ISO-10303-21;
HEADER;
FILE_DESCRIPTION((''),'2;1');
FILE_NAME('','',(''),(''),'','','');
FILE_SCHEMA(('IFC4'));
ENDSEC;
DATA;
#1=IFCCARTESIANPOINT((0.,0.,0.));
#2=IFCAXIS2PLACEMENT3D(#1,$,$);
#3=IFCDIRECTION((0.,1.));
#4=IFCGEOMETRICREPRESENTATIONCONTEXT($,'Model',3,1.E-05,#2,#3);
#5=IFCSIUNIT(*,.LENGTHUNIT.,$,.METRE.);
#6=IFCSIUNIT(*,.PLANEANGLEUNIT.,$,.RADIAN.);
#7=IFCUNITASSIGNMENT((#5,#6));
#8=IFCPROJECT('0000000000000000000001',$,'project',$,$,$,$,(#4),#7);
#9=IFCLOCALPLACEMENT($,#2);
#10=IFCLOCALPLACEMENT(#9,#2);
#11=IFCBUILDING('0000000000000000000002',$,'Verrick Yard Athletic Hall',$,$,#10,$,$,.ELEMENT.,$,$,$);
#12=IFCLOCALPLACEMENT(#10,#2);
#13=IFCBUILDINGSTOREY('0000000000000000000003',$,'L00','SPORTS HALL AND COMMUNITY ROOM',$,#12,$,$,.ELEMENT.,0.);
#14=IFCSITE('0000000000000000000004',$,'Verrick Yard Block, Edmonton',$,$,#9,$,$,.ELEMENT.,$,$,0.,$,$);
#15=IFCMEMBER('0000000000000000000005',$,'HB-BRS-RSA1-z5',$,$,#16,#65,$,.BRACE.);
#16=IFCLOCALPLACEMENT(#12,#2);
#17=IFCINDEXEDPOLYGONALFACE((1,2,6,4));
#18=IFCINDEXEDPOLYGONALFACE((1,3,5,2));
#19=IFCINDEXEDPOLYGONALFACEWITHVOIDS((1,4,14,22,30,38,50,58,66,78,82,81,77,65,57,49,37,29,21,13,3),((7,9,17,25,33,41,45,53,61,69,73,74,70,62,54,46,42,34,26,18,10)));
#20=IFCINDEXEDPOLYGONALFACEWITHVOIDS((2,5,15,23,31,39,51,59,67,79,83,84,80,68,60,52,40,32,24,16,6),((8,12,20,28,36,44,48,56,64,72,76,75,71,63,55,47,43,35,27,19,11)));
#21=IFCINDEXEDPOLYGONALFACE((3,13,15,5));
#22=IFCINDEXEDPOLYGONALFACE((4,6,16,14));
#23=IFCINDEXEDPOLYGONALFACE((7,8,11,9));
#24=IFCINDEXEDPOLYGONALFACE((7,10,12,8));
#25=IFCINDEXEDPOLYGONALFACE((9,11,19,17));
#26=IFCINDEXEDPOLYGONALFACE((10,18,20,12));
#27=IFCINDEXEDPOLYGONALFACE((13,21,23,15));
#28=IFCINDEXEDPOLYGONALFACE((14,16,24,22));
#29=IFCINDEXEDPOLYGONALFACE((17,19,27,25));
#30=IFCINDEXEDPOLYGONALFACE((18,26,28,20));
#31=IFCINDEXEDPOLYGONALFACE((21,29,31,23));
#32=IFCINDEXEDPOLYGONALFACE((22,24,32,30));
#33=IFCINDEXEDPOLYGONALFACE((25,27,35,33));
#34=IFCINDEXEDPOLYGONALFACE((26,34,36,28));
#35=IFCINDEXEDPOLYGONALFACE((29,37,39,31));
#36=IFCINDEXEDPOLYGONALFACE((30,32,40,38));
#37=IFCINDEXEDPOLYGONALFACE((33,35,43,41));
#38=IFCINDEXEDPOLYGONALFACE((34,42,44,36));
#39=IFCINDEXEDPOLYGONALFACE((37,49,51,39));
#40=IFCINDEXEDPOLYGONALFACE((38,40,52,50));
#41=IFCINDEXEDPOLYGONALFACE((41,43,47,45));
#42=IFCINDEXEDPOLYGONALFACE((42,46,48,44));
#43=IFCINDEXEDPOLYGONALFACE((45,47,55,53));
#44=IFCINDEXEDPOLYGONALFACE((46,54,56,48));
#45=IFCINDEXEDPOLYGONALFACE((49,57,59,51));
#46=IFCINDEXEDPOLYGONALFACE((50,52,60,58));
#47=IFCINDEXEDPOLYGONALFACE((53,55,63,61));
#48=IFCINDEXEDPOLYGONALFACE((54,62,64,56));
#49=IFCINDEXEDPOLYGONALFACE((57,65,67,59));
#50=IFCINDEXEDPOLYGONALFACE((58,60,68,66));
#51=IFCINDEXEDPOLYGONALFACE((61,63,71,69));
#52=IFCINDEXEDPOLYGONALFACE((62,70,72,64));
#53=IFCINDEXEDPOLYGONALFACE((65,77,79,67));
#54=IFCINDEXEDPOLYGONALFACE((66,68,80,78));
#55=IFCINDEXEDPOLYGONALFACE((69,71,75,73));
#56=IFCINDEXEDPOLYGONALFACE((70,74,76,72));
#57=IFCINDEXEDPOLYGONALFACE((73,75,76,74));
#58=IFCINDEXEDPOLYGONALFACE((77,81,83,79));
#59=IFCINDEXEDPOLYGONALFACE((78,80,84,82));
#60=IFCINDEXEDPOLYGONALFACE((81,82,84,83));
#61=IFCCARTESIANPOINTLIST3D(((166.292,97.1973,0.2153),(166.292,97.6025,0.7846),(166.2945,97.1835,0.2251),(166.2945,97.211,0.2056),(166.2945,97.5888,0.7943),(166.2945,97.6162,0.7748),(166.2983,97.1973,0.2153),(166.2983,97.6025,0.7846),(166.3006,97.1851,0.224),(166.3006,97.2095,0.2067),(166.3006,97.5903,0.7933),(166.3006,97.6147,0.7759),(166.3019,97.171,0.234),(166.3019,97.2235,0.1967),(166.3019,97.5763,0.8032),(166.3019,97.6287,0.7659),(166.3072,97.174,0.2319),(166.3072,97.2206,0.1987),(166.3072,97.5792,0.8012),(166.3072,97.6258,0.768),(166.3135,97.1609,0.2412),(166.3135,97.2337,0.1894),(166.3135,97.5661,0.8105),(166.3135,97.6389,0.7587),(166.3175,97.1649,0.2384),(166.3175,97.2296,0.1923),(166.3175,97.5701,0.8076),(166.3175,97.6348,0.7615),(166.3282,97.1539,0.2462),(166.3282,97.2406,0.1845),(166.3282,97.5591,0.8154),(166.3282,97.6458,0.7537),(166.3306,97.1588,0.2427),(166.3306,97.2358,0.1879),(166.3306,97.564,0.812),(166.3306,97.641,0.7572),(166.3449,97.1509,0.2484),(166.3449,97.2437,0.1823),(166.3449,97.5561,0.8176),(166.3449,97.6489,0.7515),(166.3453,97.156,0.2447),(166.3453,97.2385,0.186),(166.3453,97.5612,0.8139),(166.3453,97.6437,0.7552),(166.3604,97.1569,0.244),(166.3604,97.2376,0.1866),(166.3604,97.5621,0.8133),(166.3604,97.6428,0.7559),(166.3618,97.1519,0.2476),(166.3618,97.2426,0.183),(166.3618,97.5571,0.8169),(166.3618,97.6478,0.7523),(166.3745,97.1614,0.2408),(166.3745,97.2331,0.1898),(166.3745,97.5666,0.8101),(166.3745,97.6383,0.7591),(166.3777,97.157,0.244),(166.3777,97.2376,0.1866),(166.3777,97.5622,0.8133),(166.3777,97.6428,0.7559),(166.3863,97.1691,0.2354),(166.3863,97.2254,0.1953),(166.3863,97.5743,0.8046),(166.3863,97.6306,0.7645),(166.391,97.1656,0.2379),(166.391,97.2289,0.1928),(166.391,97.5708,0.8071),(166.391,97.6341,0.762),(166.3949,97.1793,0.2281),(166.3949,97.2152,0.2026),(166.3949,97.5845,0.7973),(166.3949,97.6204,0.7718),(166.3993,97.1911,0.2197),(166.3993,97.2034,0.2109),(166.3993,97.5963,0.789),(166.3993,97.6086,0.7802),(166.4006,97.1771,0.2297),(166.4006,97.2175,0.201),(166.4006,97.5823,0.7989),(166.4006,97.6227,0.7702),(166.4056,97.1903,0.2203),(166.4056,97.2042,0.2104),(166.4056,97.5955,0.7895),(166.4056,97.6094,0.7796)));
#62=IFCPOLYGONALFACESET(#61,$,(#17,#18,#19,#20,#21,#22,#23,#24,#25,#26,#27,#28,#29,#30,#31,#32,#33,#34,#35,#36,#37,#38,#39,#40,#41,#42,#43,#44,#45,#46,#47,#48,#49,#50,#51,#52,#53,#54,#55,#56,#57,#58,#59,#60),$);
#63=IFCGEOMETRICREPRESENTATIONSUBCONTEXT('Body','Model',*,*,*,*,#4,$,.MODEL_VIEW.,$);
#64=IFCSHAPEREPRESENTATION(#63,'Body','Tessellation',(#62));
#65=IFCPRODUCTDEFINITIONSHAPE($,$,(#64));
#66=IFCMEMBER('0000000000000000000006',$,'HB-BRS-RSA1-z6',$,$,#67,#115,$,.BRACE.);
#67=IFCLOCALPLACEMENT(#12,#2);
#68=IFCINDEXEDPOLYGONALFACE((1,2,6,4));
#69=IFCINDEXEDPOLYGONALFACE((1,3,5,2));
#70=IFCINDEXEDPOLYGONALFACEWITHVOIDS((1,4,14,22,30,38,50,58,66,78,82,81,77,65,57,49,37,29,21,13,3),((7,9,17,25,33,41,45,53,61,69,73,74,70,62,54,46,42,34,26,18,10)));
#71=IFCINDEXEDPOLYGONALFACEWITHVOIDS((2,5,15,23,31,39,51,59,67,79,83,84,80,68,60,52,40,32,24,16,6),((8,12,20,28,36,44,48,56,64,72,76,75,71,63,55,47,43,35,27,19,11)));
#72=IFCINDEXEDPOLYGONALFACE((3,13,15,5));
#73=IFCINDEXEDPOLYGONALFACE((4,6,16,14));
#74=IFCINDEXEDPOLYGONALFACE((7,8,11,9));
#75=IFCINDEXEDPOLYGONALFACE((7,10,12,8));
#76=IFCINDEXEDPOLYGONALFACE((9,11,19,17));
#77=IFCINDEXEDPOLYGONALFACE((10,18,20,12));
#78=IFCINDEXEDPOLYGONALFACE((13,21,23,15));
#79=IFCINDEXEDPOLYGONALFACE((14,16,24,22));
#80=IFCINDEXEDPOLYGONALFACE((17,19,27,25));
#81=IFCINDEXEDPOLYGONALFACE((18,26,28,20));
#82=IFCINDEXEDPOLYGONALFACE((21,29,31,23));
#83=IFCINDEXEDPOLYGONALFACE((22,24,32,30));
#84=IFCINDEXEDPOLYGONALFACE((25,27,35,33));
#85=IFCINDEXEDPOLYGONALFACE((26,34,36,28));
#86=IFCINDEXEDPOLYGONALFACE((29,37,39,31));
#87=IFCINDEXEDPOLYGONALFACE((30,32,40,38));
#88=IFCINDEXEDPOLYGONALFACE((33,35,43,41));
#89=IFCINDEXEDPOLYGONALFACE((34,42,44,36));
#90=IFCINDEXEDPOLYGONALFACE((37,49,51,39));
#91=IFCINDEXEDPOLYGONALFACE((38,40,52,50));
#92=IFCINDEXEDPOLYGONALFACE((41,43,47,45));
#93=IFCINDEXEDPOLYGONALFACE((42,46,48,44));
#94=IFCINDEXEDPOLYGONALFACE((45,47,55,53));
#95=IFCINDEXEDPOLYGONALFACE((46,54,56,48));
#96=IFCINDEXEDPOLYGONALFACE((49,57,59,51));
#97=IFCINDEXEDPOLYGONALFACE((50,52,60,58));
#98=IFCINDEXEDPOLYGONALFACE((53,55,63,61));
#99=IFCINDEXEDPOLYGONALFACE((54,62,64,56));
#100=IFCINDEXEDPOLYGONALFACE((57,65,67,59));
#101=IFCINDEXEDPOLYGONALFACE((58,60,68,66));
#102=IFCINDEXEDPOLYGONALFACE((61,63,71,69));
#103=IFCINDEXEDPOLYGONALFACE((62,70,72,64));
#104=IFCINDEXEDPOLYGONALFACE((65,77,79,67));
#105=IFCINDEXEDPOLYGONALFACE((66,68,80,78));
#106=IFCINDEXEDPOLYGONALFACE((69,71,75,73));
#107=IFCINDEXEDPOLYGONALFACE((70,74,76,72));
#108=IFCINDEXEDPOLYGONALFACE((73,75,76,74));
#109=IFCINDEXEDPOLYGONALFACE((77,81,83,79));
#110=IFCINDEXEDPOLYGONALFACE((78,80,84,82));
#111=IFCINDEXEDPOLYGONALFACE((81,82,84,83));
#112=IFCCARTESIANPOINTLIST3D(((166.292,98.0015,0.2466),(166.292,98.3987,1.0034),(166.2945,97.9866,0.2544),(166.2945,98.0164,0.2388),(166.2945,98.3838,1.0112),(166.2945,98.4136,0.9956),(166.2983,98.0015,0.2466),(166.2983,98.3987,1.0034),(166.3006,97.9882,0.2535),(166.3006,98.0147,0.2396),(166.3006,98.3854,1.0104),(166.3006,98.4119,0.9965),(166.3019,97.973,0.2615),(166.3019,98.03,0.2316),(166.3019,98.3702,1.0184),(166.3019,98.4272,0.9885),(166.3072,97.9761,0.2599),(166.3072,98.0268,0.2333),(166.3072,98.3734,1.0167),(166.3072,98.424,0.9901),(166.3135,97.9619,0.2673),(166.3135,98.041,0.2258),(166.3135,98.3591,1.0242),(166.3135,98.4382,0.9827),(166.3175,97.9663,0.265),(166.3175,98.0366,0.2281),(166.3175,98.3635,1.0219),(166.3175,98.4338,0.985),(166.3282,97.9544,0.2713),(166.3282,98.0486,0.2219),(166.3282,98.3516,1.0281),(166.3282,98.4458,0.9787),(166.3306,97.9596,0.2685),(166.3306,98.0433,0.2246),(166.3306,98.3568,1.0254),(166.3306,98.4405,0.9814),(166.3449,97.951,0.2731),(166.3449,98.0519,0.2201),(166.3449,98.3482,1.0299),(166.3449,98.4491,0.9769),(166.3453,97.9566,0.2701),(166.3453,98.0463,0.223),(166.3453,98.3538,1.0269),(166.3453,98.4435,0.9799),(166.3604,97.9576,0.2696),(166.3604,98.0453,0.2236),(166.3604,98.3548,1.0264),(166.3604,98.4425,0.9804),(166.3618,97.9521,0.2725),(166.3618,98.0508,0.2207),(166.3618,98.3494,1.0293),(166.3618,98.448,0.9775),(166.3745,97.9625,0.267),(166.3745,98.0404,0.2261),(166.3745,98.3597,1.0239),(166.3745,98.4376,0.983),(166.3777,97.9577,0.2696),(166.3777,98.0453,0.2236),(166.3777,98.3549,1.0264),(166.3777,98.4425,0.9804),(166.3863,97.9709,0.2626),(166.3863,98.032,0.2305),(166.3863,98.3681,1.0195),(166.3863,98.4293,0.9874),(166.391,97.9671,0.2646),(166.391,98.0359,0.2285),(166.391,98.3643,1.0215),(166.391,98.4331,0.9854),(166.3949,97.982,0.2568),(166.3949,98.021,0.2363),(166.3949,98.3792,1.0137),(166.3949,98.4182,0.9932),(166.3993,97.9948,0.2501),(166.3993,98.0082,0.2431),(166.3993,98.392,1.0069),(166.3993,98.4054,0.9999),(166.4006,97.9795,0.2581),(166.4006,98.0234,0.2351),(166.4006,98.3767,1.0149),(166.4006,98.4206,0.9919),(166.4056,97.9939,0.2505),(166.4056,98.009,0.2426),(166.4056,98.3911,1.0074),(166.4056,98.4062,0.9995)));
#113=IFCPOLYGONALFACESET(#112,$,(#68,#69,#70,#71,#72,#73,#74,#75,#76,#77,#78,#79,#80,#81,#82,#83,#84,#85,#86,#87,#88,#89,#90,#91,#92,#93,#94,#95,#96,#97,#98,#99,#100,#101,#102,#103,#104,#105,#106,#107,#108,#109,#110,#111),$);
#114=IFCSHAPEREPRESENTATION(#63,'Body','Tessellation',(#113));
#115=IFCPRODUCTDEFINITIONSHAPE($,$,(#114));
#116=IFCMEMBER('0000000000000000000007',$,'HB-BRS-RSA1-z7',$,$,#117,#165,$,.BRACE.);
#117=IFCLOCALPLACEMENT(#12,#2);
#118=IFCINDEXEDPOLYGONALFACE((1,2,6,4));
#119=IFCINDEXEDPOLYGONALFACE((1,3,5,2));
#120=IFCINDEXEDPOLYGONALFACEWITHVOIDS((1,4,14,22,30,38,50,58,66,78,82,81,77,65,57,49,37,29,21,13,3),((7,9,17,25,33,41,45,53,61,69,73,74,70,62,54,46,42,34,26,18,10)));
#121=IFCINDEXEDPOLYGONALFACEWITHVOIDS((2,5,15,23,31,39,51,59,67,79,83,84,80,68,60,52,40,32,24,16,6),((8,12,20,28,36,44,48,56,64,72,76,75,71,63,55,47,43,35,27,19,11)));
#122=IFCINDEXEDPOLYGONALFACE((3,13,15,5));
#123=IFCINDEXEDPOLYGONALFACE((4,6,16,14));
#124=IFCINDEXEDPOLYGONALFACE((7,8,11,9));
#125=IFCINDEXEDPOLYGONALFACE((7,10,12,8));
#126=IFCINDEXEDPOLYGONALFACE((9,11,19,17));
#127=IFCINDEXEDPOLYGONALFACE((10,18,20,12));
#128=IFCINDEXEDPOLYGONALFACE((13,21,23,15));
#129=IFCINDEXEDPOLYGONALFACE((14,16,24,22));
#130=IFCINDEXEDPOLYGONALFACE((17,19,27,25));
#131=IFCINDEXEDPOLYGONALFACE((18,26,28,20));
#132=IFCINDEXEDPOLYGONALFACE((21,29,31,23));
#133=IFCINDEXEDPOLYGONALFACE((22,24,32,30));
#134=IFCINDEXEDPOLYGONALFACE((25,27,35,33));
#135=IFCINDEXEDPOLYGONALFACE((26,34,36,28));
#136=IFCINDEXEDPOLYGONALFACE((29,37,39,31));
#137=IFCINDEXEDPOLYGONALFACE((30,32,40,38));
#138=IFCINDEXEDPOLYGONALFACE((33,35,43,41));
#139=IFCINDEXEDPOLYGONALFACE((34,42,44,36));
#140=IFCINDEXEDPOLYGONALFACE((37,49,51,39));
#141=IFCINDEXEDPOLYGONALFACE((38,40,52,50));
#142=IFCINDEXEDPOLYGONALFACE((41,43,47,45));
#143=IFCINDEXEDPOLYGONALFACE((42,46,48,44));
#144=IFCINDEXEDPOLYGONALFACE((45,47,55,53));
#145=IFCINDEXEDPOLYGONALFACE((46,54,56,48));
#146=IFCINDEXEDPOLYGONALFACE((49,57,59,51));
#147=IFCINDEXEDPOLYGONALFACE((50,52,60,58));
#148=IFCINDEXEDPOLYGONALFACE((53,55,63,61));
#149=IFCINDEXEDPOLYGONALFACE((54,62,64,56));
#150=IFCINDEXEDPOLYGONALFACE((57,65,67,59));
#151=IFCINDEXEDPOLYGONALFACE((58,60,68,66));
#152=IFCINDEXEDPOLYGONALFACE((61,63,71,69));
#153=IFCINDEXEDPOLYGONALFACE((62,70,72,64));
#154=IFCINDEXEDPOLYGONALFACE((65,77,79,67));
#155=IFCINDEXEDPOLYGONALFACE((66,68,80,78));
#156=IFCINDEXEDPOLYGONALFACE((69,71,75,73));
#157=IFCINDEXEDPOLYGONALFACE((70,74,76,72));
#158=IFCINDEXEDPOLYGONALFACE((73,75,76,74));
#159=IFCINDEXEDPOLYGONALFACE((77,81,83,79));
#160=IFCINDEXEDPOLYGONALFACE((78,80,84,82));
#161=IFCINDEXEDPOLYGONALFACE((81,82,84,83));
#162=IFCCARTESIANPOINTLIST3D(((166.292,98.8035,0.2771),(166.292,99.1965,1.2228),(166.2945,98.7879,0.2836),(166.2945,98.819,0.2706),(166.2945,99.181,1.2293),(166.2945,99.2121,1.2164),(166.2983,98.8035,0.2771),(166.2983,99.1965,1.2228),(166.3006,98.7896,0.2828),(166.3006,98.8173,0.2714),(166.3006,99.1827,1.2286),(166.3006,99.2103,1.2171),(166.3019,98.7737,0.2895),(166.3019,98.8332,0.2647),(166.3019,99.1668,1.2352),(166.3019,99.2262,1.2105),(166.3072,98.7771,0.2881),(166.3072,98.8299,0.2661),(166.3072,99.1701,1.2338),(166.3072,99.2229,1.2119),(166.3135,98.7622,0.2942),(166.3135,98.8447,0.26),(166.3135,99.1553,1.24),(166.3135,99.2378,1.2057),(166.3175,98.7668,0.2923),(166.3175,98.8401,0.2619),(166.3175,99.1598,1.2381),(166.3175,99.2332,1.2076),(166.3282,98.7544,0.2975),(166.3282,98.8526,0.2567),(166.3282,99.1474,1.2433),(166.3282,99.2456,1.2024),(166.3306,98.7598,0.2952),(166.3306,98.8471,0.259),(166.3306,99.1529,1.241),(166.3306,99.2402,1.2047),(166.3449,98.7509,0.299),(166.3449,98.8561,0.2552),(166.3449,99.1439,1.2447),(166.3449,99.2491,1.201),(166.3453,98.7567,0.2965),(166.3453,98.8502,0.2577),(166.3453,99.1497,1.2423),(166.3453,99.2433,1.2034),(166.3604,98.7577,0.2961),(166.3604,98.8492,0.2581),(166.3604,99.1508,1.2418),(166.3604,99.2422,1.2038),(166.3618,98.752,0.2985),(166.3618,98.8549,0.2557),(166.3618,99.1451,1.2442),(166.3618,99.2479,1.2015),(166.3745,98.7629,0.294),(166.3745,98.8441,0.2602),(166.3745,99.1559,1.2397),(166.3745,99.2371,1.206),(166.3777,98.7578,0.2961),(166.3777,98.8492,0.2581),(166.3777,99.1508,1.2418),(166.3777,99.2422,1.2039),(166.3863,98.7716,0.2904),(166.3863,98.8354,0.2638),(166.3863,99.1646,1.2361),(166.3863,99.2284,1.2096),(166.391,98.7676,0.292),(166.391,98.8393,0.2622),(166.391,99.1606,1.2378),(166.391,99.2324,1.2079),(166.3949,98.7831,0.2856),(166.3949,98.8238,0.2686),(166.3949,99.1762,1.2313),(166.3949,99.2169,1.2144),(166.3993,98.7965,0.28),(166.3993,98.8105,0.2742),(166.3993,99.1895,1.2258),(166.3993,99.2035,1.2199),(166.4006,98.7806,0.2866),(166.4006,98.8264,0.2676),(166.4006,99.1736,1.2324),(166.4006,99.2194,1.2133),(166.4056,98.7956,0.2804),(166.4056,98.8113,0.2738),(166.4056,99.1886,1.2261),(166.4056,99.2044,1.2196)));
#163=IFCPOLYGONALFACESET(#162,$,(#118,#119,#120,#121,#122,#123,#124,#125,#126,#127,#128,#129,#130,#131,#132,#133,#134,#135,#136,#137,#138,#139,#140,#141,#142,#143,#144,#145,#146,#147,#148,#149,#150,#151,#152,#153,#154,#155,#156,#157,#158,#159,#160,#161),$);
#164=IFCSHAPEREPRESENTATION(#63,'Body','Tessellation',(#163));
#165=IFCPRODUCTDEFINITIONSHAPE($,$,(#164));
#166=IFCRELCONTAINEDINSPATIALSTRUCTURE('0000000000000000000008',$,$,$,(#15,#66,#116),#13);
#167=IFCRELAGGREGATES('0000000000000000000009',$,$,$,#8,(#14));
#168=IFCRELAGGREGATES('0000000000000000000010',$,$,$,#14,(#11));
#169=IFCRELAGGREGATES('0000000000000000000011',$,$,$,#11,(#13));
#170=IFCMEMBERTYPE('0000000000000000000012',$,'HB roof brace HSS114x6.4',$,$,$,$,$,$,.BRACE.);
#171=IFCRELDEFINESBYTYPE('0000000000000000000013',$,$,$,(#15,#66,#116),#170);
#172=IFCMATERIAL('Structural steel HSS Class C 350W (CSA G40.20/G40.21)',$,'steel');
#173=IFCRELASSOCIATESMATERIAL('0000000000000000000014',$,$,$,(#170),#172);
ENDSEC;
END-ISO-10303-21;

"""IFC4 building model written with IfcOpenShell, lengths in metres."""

from ifc_helpers import new_model, si_unit, direction, frame, origin, origin_2d, place, context, subcontext, project, spatial, hollow_circle, extrude, material, material_profile, profile_set, type_object, element, save


model = new_model("IFC4")

# Units and contexts
model_context = context("Model", 3, precision=1e-05, world=origin(), true_north=direction((0.0, 1.0)))
body_context = subcontext(model_context, "Body", "Model", "MODEL_VIEW")
ifc_project = project(units=[si_unit("LENGTHUNIT", "METRE"), si_unit("PLANEANGLEUNIT", "RADIAN")], contexts=[model_context])

# Site, building, storey
site_placement = place(None, origin())
site = spatial("IfcSite", under=ifc_project, at=site_placement, Name="Verrick Yard Block, Edmonton", CompositionType="ELEMENT", RefElevation=0.0)
building_placement = place(site_placement, origin())
building = spatial("IfcBuilding", under=site, at=building_placement, Name="Verrick Yard Athletic Hall", CompositionType="ELEMENT")
storey_placement = place(building_placement, origin())
storey = spatial("IfcBuildingStorey", under=building, at=storey_placement, Name="L00", Description="SPORTS HALL AND COMMUNITY ROOM", CompositionType="ELEMENT", Elevation=0.0)

# Members
ifc_material = material(Name="Structural steel HSS Class C 350W (CSA G40.20/G40.21)", Category="steel")
ifc_material_profile_1 = material_profile(ifc_material, hollow_circle(Radius=0.0571, WallThickness=0.0063, at=origin_2d()), Name="HSS114x6.4")
ifc_profile_set_1 = profile_set([ifc_material_profile_1], Name="Structural steel HSS Class C 350W (CSA G40.20/G40.21)")
member_type_1 = type_object("IfcMemberType", Name="HB roof brace HSS114x6.4", PredefinedType="BRACE", material=ifc_profile_set_1)
member_1_placement = place(storey_placement, frame((166.3491, 97.1973, 0.2153), z_axis=(0.0, 0.579916, 0.814677), x_axis=(-1.0, 0.0, 0.0)))
element("IfcMember", 1, at=member_1_placement, inside=storey, type_object=member_type_1, Name="HB-BRS-RSA1-z5", PredefinedType="BRACE", context=body_context, shape_type="SweptSolid", body=[
    extrude(hollow_circle(Radius=0.0571, WallThickness=0.0063, at=origin_2d()), origin(), (0.0, 0.0, 1.0), 0.6987),
])
member_2_placement = place(storey_placement, frame((166.3491, 98.0015, 0.2466), z_axis=(0.0, 0.464722, 0.885457), x_axis=(-1.0, 0.0, 0.0)))
element("IfcMember", 2, at=member_2_placement, inside=storey, type_object=member_type_1, Name="HB-BRS-RSA1-z6", PredefinedType="BRACE", context=body_context, shape_type="SweptSolid", body=[
    extrude(hollow_circle(Radius=0.0571, WallThickness=0.0063, at=origin_2d()), origin(), (0.0, 0.0, 1.0), 0.8547),
])
member_3_placement = place(storey_placement, frame((166.3491, 98.8035, 0.2771), z_axis=(0.0, 0.383769, 0.923429), x_axis=(-1.0, 0.0, 0.0)))
element("IfcMember", 3, at=member_3_placement, inside=storey, type_object=member_type_1, Name="HB-BRS-RSA1-z7", PredefinedType="BRACE", context=body_context, shape_type="SweptSolid", body=[
    extrude(hollow_circle(Radius=0.0571, WallThickness=0.0063, at=origin_2d()), origin(), (0.0, 0.0, 1.0), 1.0242),
])

save(model, "model.ifc")
